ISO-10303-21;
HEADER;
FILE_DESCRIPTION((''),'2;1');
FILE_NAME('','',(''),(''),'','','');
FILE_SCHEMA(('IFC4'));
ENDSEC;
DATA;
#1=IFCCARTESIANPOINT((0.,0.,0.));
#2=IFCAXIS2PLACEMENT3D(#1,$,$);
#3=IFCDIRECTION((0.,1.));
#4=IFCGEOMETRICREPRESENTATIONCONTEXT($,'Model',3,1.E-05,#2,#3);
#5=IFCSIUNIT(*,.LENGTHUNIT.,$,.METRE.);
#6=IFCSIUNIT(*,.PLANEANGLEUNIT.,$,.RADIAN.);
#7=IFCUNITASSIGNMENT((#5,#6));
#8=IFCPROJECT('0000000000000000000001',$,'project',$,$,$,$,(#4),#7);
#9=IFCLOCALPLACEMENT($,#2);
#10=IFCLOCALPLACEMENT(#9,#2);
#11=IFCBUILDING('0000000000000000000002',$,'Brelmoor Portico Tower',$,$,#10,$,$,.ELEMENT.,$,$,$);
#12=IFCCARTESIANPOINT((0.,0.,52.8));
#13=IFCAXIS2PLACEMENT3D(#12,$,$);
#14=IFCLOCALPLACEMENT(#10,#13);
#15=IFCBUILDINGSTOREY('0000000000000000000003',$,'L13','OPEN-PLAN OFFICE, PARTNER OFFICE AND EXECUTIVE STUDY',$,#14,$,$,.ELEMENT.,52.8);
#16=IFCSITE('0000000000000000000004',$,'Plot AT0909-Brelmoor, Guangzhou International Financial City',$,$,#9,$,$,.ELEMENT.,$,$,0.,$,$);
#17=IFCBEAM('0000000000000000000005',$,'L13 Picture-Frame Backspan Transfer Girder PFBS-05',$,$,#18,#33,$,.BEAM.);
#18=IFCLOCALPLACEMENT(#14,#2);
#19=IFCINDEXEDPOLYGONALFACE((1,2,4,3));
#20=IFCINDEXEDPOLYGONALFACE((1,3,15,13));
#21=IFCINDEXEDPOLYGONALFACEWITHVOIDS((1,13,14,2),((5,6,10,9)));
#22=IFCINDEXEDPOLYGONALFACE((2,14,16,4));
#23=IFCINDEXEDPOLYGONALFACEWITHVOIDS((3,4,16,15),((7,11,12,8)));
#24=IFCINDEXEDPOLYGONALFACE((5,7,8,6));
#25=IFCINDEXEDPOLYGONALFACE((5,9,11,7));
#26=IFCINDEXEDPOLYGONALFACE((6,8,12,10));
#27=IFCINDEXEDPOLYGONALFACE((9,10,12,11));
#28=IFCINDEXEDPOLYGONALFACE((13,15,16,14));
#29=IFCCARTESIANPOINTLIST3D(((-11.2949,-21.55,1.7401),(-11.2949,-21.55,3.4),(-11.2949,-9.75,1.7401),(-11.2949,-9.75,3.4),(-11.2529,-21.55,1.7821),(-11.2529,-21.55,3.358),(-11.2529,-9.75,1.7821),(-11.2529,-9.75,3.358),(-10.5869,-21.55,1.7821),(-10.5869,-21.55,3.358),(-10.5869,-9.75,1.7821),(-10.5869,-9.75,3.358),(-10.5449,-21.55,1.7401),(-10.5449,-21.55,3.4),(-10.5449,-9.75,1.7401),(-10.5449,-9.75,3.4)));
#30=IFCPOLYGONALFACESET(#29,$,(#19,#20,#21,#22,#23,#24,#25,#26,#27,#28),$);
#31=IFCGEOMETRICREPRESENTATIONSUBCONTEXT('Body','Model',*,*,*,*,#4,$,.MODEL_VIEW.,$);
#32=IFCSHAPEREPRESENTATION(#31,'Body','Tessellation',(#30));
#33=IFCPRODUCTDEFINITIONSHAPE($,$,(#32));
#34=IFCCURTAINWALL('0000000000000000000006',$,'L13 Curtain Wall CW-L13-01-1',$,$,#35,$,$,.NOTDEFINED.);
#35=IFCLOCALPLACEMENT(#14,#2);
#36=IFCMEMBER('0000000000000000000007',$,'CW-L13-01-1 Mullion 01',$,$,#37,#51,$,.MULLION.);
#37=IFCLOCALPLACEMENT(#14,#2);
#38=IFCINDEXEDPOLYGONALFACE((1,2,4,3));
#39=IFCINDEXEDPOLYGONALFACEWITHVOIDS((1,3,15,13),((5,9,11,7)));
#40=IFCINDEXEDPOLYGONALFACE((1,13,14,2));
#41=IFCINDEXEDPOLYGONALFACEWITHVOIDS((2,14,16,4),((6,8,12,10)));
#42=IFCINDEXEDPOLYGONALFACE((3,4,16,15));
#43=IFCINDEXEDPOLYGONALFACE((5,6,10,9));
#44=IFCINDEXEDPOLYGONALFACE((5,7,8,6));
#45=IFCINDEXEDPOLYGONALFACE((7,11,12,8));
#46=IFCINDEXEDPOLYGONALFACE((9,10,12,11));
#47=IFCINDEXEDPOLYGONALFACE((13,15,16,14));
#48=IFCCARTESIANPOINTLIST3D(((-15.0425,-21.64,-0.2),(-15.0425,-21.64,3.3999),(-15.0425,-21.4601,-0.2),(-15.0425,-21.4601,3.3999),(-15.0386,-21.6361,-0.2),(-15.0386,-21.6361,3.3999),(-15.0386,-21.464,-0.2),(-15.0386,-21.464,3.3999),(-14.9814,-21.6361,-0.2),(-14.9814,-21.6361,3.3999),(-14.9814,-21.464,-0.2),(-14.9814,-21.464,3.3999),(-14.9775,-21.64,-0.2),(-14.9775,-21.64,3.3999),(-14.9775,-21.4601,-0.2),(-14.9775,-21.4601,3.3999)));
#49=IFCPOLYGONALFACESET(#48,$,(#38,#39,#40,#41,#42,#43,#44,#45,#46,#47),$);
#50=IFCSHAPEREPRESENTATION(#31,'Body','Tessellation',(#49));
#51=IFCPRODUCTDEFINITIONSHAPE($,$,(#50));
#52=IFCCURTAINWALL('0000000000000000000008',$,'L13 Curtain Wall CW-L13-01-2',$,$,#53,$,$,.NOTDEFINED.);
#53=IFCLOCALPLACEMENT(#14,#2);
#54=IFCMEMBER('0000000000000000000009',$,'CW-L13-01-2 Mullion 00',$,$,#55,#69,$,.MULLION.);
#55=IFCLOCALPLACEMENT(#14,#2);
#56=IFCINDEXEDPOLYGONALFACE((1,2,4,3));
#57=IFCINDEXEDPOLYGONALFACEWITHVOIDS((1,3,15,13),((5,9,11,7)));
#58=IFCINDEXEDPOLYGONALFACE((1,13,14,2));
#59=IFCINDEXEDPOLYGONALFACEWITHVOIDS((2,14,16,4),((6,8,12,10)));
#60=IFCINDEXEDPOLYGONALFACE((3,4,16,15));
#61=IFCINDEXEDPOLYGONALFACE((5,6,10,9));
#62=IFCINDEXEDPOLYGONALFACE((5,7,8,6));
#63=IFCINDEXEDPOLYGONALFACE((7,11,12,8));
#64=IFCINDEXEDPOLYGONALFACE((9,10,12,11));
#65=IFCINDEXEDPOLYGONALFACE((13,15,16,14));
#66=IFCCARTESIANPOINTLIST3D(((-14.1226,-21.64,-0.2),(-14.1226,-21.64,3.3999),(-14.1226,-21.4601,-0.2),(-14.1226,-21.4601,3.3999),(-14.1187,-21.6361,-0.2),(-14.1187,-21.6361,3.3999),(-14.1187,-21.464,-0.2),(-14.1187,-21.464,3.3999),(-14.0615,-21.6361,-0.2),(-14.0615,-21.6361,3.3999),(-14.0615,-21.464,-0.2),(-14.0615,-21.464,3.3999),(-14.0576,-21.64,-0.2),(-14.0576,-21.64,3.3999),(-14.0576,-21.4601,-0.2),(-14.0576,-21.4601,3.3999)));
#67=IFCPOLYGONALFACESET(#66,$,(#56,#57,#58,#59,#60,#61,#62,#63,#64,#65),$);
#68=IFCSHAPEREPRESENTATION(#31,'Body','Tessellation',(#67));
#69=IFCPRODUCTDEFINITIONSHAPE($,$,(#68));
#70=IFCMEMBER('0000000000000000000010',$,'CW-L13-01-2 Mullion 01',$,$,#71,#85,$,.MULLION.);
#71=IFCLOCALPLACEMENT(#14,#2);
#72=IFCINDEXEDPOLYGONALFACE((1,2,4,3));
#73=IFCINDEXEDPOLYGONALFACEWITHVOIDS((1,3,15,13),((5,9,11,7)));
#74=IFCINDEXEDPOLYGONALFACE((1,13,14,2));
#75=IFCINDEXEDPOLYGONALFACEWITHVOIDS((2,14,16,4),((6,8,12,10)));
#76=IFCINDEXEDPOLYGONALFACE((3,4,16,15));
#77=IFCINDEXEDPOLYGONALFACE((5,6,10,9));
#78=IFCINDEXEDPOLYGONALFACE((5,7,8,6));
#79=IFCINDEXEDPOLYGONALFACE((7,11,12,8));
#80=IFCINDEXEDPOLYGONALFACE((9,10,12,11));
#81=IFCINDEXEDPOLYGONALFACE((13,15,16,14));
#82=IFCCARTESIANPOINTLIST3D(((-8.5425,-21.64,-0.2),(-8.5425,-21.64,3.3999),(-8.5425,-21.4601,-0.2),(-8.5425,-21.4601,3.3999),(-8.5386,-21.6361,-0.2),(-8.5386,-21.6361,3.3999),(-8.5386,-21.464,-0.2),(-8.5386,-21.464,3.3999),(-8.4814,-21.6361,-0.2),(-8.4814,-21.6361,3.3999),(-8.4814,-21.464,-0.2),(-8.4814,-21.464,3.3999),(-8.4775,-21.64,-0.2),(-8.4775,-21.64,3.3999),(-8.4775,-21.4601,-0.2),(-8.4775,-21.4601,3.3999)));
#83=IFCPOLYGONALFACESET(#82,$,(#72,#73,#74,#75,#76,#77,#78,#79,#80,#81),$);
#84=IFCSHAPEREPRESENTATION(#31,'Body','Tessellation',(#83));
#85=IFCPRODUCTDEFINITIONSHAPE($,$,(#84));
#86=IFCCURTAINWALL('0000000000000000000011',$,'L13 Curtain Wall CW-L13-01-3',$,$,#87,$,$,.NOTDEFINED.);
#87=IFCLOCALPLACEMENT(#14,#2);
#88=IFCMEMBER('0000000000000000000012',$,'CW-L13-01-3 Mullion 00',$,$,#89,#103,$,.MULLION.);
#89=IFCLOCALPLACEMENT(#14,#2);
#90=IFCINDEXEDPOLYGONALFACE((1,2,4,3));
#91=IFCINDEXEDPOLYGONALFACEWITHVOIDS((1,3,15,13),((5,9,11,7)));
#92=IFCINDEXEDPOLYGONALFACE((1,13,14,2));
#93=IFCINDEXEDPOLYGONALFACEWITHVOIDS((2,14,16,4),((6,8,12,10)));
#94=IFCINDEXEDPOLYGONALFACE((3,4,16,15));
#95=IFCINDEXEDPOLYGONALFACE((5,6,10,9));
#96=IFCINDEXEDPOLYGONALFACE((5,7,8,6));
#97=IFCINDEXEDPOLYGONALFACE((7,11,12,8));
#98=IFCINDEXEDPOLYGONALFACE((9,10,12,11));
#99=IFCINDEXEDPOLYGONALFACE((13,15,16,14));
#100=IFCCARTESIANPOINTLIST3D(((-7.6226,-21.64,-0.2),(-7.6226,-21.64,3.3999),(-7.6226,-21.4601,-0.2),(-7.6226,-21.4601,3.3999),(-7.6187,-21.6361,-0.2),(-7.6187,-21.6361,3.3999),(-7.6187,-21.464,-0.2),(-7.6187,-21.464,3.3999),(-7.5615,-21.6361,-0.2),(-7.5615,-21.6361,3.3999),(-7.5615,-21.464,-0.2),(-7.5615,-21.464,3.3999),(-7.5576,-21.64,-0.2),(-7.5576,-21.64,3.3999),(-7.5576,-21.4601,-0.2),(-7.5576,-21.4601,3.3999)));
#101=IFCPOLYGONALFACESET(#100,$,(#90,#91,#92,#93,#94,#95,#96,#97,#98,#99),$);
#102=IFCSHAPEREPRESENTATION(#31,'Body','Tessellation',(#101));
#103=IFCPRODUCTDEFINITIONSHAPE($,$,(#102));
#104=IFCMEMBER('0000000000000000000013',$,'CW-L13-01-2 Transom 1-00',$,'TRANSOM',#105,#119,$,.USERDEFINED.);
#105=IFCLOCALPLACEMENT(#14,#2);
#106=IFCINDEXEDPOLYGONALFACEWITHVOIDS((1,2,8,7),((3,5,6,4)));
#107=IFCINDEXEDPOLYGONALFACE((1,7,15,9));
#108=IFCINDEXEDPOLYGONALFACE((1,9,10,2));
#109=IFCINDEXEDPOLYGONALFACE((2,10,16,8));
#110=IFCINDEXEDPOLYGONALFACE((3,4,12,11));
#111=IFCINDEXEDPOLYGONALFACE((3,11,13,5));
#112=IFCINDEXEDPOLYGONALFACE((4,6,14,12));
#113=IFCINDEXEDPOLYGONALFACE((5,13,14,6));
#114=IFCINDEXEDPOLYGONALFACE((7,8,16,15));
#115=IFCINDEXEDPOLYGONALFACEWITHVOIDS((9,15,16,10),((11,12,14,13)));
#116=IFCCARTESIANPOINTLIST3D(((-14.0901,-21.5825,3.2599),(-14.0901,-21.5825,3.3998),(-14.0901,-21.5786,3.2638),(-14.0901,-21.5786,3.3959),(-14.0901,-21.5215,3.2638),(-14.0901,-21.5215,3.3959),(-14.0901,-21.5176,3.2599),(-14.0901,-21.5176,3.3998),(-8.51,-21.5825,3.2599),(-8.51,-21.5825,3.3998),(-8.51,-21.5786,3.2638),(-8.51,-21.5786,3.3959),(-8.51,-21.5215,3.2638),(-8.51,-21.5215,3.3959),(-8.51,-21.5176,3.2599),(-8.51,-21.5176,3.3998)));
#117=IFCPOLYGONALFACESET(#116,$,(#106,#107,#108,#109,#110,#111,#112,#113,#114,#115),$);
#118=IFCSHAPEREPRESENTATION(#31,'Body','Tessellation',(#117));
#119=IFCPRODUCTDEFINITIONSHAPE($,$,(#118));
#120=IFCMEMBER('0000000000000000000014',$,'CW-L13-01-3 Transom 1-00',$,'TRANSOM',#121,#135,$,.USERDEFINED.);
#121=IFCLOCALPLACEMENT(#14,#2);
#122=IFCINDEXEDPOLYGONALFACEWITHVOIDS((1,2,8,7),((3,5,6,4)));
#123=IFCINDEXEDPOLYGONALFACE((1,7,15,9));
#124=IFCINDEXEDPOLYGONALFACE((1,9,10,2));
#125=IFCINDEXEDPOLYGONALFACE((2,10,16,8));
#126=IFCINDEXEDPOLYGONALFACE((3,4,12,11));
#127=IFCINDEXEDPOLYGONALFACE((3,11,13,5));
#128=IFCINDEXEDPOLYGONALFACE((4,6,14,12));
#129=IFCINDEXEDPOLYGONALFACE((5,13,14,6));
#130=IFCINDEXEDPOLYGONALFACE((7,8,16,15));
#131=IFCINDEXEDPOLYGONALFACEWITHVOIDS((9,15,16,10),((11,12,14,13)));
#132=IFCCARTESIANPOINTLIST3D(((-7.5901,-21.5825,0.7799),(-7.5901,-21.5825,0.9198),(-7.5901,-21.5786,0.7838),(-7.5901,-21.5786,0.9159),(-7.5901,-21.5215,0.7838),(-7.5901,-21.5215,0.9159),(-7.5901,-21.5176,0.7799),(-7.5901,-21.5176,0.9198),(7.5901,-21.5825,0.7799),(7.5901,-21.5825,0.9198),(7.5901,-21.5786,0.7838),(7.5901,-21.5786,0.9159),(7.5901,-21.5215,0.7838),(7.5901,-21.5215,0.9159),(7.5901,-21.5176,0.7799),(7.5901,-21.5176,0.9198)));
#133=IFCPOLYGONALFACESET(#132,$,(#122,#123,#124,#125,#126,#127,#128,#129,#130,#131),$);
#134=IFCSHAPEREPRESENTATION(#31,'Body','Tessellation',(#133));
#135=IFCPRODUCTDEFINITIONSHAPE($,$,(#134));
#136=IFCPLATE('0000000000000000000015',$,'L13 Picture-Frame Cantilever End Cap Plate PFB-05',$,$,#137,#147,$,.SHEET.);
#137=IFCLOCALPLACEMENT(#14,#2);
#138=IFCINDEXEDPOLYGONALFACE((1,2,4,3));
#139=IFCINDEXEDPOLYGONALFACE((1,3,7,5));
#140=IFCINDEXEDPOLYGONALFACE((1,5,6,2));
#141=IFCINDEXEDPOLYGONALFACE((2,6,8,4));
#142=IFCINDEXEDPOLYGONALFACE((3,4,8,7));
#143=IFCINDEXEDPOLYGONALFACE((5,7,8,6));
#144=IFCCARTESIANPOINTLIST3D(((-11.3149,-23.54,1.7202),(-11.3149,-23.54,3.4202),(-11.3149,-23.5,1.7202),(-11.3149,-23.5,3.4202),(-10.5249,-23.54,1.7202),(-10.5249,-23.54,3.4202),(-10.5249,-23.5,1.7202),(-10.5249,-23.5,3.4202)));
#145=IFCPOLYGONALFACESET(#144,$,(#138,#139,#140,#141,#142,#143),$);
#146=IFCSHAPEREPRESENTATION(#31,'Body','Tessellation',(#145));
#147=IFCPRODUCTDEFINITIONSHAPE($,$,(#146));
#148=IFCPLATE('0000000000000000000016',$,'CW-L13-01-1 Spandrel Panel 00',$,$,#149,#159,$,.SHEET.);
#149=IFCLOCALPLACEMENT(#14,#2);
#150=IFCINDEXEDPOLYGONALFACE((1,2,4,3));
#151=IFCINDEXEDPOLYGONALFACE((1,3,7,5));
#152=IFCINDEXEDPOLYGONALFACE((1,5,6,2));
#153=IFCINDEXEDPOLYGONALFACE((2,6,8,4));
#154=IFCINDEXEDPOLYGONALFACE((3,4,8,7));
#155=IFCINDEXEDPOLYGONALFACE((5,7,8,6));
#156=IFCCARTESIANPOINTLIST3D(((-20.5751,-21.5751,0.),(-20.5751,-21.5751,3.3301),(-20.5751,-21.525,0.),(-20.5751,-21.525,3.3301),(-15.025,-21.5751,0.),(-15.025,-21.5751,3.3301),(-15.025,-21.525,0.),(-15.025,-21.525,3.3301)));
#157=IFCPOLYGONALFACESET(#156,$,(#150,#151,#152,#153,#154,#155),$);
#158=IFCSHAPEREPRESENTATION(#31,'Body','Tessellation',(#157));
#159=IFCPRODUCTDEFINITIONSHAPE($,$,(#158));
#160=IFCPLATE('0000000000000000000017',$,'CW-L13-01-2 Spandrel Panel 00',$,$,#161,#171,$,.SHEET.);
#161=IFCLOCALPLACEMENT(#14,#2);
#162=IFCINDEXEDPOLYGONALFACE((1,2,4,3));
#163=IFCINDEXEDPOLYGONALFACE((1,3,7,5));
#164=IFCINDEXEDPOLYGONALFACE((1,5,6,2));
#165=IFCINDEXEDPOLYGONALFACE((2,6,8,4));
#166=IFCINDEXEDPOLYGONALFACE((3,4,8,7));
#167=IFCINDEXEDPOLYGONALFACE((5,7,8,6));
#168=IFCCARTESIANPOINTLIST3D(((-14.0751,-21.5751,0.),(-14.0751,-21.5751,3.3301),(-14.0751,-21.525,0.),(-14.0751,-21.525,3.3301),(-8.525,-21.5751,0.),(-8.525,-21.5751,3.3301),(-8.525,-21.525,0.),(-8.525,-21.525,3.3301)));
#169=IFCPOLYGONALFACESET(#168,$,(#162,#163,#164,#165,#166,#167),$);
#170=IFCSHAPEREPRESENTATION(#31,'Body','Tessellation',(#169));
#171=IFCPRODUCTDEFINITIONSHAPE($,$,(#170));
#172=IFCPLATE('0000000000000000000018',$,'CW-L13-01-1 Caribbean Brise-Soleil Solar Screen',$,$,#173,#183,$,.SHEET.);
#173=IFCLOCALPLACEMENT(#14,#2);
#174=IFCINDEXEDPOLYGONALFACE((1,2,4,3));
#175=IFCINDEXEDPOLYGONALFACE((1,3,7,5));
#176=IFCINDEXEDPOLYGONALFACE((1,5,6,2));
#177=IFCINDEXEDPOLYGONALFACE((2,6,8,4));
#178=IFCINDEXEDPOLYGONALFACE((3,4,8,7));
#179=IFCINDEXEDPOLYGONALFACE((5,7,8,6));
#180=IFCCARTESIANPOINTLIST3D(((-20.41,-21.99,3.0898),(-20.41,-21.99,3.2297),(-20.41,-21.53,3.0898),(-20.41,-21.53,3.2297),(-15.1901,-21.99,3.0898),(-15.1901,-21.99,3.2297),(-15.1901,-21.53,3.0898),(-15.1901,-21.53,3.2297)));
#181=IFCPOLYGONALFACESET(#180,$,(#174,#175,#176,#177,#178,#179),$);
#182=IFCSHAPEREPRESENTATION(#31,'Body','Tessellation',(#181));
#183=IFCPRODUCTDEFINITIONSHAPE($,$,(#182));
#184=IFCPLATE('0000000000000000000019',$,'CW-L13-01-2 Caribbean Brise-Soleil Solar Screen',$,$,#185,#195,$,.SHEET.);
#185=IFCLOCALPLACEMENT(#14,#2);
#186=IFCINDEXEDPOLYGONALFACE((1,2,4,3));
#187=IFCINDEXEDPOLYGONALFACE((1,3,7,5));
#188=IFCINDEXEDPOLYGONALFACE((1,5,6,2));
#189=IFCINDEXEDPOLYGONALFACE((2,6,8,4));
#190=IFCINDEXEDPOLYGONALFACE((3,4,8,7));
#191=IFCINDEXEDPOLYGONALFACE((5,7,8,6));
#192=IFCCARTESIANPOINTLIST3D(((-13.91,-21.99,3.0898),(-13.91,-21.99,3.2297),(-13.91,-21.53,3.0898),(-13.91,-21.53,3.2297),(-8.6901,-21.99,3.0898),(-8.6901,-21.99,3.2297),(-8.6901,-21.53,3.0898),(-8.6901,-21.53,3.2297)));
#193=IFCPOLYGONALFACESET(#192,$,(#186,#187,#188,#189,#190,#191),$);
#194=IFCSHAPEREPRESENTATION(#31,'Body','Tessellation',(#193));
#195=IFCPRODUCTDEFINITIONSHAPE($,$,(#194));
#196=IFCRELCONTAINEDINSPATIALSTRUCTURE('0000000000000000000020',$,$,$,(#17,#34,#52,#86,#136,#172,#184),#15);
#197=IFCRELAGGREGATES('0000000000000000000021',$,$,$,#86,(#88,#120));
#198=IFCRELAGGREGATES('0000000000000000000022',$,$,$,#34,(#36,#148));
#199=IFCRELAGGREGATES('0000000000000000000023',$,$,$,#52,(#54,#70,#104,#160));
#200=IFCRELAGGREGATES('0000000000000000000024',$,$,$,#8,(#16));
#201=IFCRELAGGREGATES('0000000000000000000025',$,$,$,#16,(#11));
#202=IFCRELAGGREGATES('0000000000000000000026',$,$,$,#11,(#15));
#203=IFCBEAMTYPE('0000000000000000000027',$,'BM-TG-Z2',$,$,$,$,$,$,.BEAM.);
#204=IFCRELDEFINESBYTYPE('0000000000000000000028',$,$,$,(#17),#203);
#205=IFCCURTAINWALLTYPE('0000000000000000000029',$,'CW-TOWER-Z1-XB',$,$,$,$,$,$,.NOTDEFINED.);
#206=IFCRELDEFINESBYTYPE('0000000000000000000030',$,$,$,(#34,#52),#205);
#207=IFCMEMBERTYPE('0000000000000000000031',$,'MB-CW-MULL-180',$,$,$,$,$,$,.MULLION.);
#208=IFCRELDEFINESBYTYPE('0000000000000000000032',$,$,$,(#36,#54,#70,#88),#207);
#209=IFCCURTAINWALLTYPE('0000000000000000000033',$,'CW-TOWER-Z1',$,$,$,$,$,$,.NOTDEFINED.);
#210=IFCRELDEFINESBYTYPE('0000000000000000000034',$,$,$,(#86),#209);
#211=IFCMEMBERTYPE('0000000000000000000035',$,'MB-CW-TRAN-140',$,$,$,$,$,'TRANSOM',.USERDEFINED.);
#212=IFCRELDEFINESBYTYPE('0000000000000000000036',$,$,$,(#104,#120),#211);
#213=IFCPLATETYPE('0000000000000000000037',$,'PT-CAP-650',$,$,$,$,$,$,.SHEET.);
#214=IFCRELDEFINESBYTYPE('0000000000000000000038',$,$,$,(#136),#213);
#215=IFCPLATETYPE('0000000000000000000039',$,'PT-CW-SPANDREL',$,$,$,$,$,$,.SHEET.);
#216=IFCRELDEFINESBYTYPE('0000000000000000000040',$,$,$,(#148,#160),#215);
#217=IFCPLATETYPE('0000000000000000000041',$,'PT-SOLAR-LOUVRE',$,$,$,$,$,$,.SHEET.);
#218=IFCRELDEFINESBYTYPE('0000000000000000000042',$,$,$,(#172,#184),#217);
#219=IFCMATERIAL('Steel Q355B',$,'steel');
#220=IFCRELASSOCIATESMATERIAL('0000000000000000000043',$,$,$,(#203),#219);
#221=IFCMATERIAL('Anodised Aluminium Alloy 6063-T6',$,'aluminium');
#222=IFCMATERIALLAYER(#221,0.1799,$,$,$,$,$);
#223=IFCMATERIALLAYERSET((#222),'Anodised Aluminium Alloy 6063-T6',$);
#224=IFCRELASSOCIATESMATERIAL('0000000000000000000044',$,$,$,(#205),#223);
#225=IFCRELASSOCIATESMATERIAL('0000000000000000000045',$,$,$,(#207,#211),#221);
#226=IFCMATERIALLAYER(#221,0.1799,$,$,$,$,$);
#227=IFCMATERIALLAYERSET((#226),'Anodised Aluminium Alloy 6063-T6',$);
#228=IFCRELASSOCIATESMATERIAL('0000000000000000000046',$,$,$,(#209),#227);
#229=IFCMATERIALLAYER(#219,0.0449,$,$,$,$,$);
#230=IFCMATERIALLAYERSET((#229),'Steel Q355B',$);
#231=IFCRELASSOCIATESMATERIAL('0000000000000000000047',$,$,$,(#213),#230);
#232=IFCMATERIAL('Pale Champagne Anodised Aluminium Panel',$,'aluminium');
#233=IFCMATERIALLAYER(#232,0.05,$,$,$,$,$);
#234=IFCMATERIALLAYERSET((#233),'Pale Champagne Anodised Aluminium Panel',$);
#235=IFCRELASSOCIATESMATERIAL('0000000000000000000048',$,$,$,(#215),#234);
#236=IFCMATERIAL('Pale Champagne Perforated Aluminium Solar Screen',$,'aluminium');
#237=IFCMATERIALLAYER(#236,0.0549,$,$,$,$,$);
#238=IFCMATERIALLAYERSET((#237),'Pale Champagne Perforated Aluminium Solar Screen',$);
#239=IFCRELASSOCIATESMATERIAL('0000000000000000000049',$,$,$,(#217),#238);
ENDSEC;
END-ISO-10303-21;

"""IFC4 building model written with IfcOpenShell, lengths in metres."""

from ifc_helpers import new_model, si_unit, direction, frame, origin, origin_2d, place, context, subcontext, project, spatial, rectangle, hollow_rectangle, extrude, material, layer, layer_set, material_profile, profile_set, type_object, element, aggregate, save


model = new_model("IFC4")

# Units and contexts
model_context = context("Model", 3, precision=1e-05, world=origin(), true_north=direction((0.0, 1.0)))
body_context = subcontext(model_context, "Body", "Model", "MODEL_VIEW")
ifc_project = project(units=[si_unit("LENGTHUNIT", "METRE"), si_unit("PLANEANGLEUNIT", "RADIAN")], contexts=[model_context])

# Site, building, storey
site_placement = place(None, origin())
site = spatial("IfcSite", under=ifc_project, at=site_placement, Name="Plot AT0909-Brelmoor, Guangzhou International Financial City", CompositionType="ELEMENT", RefElevation=0.0)
building_placement = place(site_placement, origin())
building = spatial("IfcBuilding", under=site, at=building_placement, Name="Brelmoor Portico Tower", CompositionType="ELEMENT")
storey_placement = place(building_placement, frame((0.0, 0.0, 52.8)))
storey = spatial("IfcBuildingStorey", under=building, at=storey_placement, Name="L13", Description="OPEN-PLAN OFFICE, PARTNER OFFICE AND EXECUTIVE STUDY", CompositionType="ELEMENT", Elevation=52.8)

# Shared definitions
ifc_material_1 = material(Name="Steel Q355B", Category="steel")

# Beam
ifc_material_profile_1 = material_profile(ifc_material_1, hollow_rectangle(XDim=0.75, YDim=1.6599, WallThickness=0.042, at=origin_2d()), Name="BOX 750x1660x42")
ifc_profile_set_1 = profile_set([ifc_material_profile_1], Name="Steel Q355B")
beam_type_1 = type_object("IfcBeamType", Name="BM-TG-Z2", PredefinedType="BEAM", material=ifc_profile_set_1)
beam_1_placement = place(storey_placement, frame((-10.9199, -21.55, 2.5701), z_axis=(0.0, 1.0, 0.0), x_axis=(-1.0, 0.0, 0.0)))
element("IfcBeam", 1, at=beam_1_placement, inside=storey, type_object=beam_type_1, Name="L13 Picture-Frame Backspan Transfer Girder PFBS-05", PredefinedType="BEAM", context=body_context, shape_type="SweptSolid", body=[
    extrude(hollow_rectangle(XDim=0.75, YDim=1.6599, WallThickness=0.042, at=origin_2d()), origin(), (0.0, 0.0, 1.0), 11.8),
])

# Curtain wall, member
ifc_material_2 = material(Name="Anodised Aluminium Alloy 6063-T6", Category="aluminium")
ifc_layer_1 = layer(ifc_material_2, 0.1799)
ifc_layer_set_1 = layer_set([ifc_layer_1], Name="Anodised Aluminium Alloy 6063-T6")
curtain_wall_type_1 = type_object("IfcCurtainWallType", Name="CW-TOWER-Z1-XB", PredefinedType="NOTDEFINED", material=ifc_layer_set_1)
curtain_wall_1_placement = place(storey_placement, origin())
curtain_wall_1 = element("IfcCurtainWall", 2, at=curtain_wall_1_placement, inside=storey, type_object=curtain_wall_type_1, Name="L13 Curtain Wall CW-L13-01-1", PredefinedType="NOTDEFINED")
ifc_material_profile_2 = material_profile(ifc_material_2, hollow_rectangle(XDim=0.0649, YDim=0.1799, WallThickness=0.0039, at=origin_2d()), Name="ALU MULLION 65x180")
ifc_profile_set_2 = profile_set([ifc_material_profile_2], Name="Anodised Aluminium Alloy 6063-T6")
member_type_1 = type_object("IfcMemberType", Name="MB-CW-MULL-180", PredefinedType="MULLION", material=ifc_profile_set_2)
member_1_placement = place(storey_placement, frame((-15.01, -21.55, -0.2), z_axis=(0.0, 0.0, 1.0), x_axis=(1.0, 0.0, 0.0)))
member_1 = element("IfcMember", 3, at=member_1_placement, type_object=member_type_1, Name="CW-L13-01-1 Mullion 01", PredefinedType="MULLION", context=body_context, shape_type="SweptSolid", body=[
    extrude(hollow_rectangle(XDim=0.0649, YDim=0.1799, WallThickness=0.0039, at=origin_2d()), origin(), (0.0, 0.0, 1.0), 3.5999),
])

# Curtain wall, members
curtain_wall_2_placement = place(storey_placement, origin())
curtain_wall_2 = element("IfcCurtainWall", 4, at=curtain_wall_2_placement, inside=storey, type_object=curtain_wall_type_1, Name="L13 Curtain Wall CW-L13-01-2", PredefinedType="NOTDEFINED")
member_2_placement = place(storey_placement, frame((-14.0901, -21.55, -0.2), z_axis=(0.0, 0.0, 1.0), x_axis=(1.0, 0.0, 0.0)))
member_2 = element("IfcMember", 5, at=member_2_placement, type_object=member_type_1, Name="CW-L13-01-2 Mullion 00", PredefinedType="MULLION", context=body_context, shape_type="SweptSolid", body=[
    extrude(hollow_rectangle(XDim=0.0649, YDim=0.1799, WallThickness=0.0039, at=origin_2d()), origin(), (0.0, 0.0, 1.0), 3.5999),
])
member_3_placement = place(storey_placement, frame((-8.51, -21.55, -0.2), z_axis=(0.0, 0.0, 1.0), x_axis=(1.0, 0.0, 0.0)))
member_3 = element("IfcMember", 6, at=member_3_placement, type_object=member_type_1, Name="CW-L13-01-2 Mullion 01", PredefinedType="MULLION", context=body_context, shape_type="SweptSolid", body=[
    extrude(hollow_rectangle(XDim=0.0649, YDim=0.1799, WallThickness=0.0039, at=origin_2d()), origin(), (0.0, 0.0, 1.0), 3.5999),
])

# Curtain wall, member
ifc_layer_2 = layer(ifc_material_2, 0.1799)
ifc_layer_set_2 = layer_set([ifc_layer_2], Name="Anodised Aluminium Alloy 6063-T6")
curtain_wall_type_2 = type_object("IfcCurtainWallType", Name="CW-TOWER-Z1", PredefinedType="NOTDEFINED", material=ifc_layer_set_2)
curtain_wall_3_placement = place(storey_placement, origin())
curtain_wall_3 = element("IfcCurtainWall", 7, at=curtain_wall_3_placement, inside=storey, type_object=curtain_wall_type_2, Name="L13 Curtain Wall CW-L13-01-3", PredefinedType="NOTDEFINED")
member_4_placement = place(storey_placement, frame((-7.5901, -21.55, -0.2), z_axis=(0.0, 0.0, 1.0), x_axis=(1.0, 0.0, 0.0)))
member_4 = element("IfcMember", 8, at=member_4_placement, type_object=member_type_1, Name="CW-L13-01-3 Mullion 00", PredefinedType="MULLION", context=body_context, shape_type="SweptSolid", body=[
    extrude(hollow_rectangle(XDim=0.0649, YDim=0.1799, WallThickness=0.0039, at=origin_2d()), origin(), (0.0, 0.0, 1.0), 3.5999),
])

# Members
ifc_material_profile_3 = material_profile(ifc_material_2, hollow_rectangle(XDim=0.0649, YDim=0.1399, WallThickness=0.0039, at=origin_2d()), Name="ALU TRANSOM 65x140")
ifc_profile_set_3 = profile_set([ifc_material_profile_3], Name="Anodised Aluminium Alloy 6063-T6")
member_type_2 = type_object("IfcMemberType", Name="MB-CW-TRAN-140", ElementType="TRANSOM", PredefinedType="USERDEFINED", material=ifc_profile_set_3)
member_5_placement = place(storey_placement, frame((-14.0901, -21.55, 3.3298), z_axis=(1.0, 0.0, 0.0), x_axis=(0.0, 1.0, 0.0)))
member_5 = element("IfcMember", 9, at=member_5_placement, type_object=member_type_2, Name="CW-L13-01-2 Transom 1-00", ObjectType="TRANSOM", PredefinedType="USERDEFINED", context=body_context, shape_type="SweptSolid", body=[
    extrude(hollow_rectangle(XDim=0.0649, YDim=0.1399, WallThickness=0.0039, at=origin_2d()), origin(), (0.0, 0.0, 1.0), 5.5801),
])
member_6_placement = place(storey_placement, frame((-7.5901, -21.55, 0.8499), z_axis=(1.0, 0.0, 0.0), x_axis=(0.0, 1.0, 0.0)))
member_6 = element("IfcMember", 10, at=member_6_placement, type_object=member_type_2, Name="CW-L13-01-3 Transom 1-00", ObjectType="TRANSOM", PredefinedType="USERDEFINED", context=body_context, shape_type="SweptSolid", body=[
    extrude(hollow_rectangle(XDim=0.0649, YDim=0.1399, WallThickness=0.0039, at=origin_2d()), origin(), (0.0, 0.0, 1.0), 15.1802),
])
aggregate(curtain_wall_3, [member_4, member_6])

# Plates
ifc_layer_3 = layer(ifc_material_1, 0.0449)
ifc_layer_set_3 = layer_set([ifc_layer_3], Name="Steel Q355B")
plate_type_1 = type_object("IfcPlateType", Name="PT-CAP-650", PredefinedType="SHEET", material=ifc_layer_set_3)
plate_1_placement = place(storey_placement, frame((-10.9199, -23.52, 1.7202), z_axis=(0.0, 0.0, 1.0), x_axis=(1.0, 0.0, 0.0)))
element("IfcPlate", 11, at=plate_1_placement, inside=storey, type_object=plate_type_1, Name="L13 Picture-Frame Cantilever End Cap Plate PFB-05", PredefinedType="SHEET", context=body_context, shape_type="SweptSolid", body=[
    extrude(rectangle(XDim=0.79, YDim=0.04, at=origin_2d()), origin(), (0.0, 0.0, 1.0), 1.7),
])
ifc_material_3 = material(Name="Pale Champagne Anodised Aluminium Panel", Category="aluminium")
ifc_layer_4 = layer(ifc_material_3, 0.05)
ifc_layer_set_4 = layer_set([ifc_layer_4], Name="Pale Champagne Anodised Aluminium Panel")
plate_type_2 = type_object("IfcPlateType", Name="PT-CW-SPANDREL", PredefinedType="SHEET", material=ifc_layer_set_4)
plate_2_placement = place(storey_placement, frame((-17.8, -21.55, 0.0), z_axis=(0.0, 0.0, 1.0), x_axis=(1.0, 0.0, 0.0)))
plate_2 = element("IfcPlate", 12, at=plate_2_placement, type_object=plate_type_2, Name="CW-L13-01-1 Spandrel Panel 00", PredefinedType="SHEET", context=body_context, shape_type="SweptSolid", body=[
    extrude(rectangle(XDim=5.55, YDim=0.05, at=origin_2d()), origin(), (0.0, 0.0, 1.0), 3.3301),
])
aggregate(curtain_wall_1, [member_1, plate_2])
plate_3_placement = place(storey_placement, frame((-11.3, -21.55, 0.0), z_axis=(0.0, 0.0, 1.0), x_axis=(1.0, 0.0, 0.0)))
plate_3 = element("IfcPlate", 13, at=plate_3_placement, type_object=plate_type_2, Name="CW-L13-01-2 Spandrel Panel 00", PredefinedType="SHEET", context=body_context, shape_type="SweptSolid", body=[
    extrude(rectangle(XDim=5.55, YDim=0.05, at=origin_2d()), origin(), (0.0, 0.0, 1.0), 3.3301),
])
aggregate(curtain_wall_2, [member_2, member_3, member_5, plate_3])

# Plates
ifc_material_4 = material(Name="Pale Champagne Perforated Aluminium Solar Screen", Category="aluminium")
ifc_layer_5 = layer(ifc_material_4, 0.0549)
ifc_layer_set_5 = layer_set([ifc_layer_5], Name="Pale Champagne Perforated Aluminium Solar Screen")
plate_type_3 = type_object("IfcPlateType", Name="PT-SOLAR-LOUVRE", PredefinedType="SHEET", material=ifc_layer_set_5)
for number, where, z_axis, x_axis, name in (
    (14, (-17.8, -21.76, 3.0898), (0.0, 0.0, 1.0), (1.0, 0.0, 0.0), "CW-L13-01-1 Caribbean Brise-Soleil Solar Screen"),
    (15, (-11.3, -21.76, 3.0898), (0.0, 0.0, 1.0), (1.0, 0.0, 0.0), "CW-L13-01-2 Caribbean Brise-Soleil Solar Screen"),
):
    element("IfcPlate", number, at=place(storey_placement, frame(where, z_axis=z_axis, x_axis=x_axis)), inside=storey, type_object=plate_type_3, Name=name, PredefinedType="SHEET", context=body_context, shape_type="SweptSolid", body=[
        extrude(rectangle(XDim=5.22, YDim=0.46, at=origin_2d()), origin(), (0.0, 0.0, 1.0), 0.1399),
    ])

save(model, "model.ifc")
